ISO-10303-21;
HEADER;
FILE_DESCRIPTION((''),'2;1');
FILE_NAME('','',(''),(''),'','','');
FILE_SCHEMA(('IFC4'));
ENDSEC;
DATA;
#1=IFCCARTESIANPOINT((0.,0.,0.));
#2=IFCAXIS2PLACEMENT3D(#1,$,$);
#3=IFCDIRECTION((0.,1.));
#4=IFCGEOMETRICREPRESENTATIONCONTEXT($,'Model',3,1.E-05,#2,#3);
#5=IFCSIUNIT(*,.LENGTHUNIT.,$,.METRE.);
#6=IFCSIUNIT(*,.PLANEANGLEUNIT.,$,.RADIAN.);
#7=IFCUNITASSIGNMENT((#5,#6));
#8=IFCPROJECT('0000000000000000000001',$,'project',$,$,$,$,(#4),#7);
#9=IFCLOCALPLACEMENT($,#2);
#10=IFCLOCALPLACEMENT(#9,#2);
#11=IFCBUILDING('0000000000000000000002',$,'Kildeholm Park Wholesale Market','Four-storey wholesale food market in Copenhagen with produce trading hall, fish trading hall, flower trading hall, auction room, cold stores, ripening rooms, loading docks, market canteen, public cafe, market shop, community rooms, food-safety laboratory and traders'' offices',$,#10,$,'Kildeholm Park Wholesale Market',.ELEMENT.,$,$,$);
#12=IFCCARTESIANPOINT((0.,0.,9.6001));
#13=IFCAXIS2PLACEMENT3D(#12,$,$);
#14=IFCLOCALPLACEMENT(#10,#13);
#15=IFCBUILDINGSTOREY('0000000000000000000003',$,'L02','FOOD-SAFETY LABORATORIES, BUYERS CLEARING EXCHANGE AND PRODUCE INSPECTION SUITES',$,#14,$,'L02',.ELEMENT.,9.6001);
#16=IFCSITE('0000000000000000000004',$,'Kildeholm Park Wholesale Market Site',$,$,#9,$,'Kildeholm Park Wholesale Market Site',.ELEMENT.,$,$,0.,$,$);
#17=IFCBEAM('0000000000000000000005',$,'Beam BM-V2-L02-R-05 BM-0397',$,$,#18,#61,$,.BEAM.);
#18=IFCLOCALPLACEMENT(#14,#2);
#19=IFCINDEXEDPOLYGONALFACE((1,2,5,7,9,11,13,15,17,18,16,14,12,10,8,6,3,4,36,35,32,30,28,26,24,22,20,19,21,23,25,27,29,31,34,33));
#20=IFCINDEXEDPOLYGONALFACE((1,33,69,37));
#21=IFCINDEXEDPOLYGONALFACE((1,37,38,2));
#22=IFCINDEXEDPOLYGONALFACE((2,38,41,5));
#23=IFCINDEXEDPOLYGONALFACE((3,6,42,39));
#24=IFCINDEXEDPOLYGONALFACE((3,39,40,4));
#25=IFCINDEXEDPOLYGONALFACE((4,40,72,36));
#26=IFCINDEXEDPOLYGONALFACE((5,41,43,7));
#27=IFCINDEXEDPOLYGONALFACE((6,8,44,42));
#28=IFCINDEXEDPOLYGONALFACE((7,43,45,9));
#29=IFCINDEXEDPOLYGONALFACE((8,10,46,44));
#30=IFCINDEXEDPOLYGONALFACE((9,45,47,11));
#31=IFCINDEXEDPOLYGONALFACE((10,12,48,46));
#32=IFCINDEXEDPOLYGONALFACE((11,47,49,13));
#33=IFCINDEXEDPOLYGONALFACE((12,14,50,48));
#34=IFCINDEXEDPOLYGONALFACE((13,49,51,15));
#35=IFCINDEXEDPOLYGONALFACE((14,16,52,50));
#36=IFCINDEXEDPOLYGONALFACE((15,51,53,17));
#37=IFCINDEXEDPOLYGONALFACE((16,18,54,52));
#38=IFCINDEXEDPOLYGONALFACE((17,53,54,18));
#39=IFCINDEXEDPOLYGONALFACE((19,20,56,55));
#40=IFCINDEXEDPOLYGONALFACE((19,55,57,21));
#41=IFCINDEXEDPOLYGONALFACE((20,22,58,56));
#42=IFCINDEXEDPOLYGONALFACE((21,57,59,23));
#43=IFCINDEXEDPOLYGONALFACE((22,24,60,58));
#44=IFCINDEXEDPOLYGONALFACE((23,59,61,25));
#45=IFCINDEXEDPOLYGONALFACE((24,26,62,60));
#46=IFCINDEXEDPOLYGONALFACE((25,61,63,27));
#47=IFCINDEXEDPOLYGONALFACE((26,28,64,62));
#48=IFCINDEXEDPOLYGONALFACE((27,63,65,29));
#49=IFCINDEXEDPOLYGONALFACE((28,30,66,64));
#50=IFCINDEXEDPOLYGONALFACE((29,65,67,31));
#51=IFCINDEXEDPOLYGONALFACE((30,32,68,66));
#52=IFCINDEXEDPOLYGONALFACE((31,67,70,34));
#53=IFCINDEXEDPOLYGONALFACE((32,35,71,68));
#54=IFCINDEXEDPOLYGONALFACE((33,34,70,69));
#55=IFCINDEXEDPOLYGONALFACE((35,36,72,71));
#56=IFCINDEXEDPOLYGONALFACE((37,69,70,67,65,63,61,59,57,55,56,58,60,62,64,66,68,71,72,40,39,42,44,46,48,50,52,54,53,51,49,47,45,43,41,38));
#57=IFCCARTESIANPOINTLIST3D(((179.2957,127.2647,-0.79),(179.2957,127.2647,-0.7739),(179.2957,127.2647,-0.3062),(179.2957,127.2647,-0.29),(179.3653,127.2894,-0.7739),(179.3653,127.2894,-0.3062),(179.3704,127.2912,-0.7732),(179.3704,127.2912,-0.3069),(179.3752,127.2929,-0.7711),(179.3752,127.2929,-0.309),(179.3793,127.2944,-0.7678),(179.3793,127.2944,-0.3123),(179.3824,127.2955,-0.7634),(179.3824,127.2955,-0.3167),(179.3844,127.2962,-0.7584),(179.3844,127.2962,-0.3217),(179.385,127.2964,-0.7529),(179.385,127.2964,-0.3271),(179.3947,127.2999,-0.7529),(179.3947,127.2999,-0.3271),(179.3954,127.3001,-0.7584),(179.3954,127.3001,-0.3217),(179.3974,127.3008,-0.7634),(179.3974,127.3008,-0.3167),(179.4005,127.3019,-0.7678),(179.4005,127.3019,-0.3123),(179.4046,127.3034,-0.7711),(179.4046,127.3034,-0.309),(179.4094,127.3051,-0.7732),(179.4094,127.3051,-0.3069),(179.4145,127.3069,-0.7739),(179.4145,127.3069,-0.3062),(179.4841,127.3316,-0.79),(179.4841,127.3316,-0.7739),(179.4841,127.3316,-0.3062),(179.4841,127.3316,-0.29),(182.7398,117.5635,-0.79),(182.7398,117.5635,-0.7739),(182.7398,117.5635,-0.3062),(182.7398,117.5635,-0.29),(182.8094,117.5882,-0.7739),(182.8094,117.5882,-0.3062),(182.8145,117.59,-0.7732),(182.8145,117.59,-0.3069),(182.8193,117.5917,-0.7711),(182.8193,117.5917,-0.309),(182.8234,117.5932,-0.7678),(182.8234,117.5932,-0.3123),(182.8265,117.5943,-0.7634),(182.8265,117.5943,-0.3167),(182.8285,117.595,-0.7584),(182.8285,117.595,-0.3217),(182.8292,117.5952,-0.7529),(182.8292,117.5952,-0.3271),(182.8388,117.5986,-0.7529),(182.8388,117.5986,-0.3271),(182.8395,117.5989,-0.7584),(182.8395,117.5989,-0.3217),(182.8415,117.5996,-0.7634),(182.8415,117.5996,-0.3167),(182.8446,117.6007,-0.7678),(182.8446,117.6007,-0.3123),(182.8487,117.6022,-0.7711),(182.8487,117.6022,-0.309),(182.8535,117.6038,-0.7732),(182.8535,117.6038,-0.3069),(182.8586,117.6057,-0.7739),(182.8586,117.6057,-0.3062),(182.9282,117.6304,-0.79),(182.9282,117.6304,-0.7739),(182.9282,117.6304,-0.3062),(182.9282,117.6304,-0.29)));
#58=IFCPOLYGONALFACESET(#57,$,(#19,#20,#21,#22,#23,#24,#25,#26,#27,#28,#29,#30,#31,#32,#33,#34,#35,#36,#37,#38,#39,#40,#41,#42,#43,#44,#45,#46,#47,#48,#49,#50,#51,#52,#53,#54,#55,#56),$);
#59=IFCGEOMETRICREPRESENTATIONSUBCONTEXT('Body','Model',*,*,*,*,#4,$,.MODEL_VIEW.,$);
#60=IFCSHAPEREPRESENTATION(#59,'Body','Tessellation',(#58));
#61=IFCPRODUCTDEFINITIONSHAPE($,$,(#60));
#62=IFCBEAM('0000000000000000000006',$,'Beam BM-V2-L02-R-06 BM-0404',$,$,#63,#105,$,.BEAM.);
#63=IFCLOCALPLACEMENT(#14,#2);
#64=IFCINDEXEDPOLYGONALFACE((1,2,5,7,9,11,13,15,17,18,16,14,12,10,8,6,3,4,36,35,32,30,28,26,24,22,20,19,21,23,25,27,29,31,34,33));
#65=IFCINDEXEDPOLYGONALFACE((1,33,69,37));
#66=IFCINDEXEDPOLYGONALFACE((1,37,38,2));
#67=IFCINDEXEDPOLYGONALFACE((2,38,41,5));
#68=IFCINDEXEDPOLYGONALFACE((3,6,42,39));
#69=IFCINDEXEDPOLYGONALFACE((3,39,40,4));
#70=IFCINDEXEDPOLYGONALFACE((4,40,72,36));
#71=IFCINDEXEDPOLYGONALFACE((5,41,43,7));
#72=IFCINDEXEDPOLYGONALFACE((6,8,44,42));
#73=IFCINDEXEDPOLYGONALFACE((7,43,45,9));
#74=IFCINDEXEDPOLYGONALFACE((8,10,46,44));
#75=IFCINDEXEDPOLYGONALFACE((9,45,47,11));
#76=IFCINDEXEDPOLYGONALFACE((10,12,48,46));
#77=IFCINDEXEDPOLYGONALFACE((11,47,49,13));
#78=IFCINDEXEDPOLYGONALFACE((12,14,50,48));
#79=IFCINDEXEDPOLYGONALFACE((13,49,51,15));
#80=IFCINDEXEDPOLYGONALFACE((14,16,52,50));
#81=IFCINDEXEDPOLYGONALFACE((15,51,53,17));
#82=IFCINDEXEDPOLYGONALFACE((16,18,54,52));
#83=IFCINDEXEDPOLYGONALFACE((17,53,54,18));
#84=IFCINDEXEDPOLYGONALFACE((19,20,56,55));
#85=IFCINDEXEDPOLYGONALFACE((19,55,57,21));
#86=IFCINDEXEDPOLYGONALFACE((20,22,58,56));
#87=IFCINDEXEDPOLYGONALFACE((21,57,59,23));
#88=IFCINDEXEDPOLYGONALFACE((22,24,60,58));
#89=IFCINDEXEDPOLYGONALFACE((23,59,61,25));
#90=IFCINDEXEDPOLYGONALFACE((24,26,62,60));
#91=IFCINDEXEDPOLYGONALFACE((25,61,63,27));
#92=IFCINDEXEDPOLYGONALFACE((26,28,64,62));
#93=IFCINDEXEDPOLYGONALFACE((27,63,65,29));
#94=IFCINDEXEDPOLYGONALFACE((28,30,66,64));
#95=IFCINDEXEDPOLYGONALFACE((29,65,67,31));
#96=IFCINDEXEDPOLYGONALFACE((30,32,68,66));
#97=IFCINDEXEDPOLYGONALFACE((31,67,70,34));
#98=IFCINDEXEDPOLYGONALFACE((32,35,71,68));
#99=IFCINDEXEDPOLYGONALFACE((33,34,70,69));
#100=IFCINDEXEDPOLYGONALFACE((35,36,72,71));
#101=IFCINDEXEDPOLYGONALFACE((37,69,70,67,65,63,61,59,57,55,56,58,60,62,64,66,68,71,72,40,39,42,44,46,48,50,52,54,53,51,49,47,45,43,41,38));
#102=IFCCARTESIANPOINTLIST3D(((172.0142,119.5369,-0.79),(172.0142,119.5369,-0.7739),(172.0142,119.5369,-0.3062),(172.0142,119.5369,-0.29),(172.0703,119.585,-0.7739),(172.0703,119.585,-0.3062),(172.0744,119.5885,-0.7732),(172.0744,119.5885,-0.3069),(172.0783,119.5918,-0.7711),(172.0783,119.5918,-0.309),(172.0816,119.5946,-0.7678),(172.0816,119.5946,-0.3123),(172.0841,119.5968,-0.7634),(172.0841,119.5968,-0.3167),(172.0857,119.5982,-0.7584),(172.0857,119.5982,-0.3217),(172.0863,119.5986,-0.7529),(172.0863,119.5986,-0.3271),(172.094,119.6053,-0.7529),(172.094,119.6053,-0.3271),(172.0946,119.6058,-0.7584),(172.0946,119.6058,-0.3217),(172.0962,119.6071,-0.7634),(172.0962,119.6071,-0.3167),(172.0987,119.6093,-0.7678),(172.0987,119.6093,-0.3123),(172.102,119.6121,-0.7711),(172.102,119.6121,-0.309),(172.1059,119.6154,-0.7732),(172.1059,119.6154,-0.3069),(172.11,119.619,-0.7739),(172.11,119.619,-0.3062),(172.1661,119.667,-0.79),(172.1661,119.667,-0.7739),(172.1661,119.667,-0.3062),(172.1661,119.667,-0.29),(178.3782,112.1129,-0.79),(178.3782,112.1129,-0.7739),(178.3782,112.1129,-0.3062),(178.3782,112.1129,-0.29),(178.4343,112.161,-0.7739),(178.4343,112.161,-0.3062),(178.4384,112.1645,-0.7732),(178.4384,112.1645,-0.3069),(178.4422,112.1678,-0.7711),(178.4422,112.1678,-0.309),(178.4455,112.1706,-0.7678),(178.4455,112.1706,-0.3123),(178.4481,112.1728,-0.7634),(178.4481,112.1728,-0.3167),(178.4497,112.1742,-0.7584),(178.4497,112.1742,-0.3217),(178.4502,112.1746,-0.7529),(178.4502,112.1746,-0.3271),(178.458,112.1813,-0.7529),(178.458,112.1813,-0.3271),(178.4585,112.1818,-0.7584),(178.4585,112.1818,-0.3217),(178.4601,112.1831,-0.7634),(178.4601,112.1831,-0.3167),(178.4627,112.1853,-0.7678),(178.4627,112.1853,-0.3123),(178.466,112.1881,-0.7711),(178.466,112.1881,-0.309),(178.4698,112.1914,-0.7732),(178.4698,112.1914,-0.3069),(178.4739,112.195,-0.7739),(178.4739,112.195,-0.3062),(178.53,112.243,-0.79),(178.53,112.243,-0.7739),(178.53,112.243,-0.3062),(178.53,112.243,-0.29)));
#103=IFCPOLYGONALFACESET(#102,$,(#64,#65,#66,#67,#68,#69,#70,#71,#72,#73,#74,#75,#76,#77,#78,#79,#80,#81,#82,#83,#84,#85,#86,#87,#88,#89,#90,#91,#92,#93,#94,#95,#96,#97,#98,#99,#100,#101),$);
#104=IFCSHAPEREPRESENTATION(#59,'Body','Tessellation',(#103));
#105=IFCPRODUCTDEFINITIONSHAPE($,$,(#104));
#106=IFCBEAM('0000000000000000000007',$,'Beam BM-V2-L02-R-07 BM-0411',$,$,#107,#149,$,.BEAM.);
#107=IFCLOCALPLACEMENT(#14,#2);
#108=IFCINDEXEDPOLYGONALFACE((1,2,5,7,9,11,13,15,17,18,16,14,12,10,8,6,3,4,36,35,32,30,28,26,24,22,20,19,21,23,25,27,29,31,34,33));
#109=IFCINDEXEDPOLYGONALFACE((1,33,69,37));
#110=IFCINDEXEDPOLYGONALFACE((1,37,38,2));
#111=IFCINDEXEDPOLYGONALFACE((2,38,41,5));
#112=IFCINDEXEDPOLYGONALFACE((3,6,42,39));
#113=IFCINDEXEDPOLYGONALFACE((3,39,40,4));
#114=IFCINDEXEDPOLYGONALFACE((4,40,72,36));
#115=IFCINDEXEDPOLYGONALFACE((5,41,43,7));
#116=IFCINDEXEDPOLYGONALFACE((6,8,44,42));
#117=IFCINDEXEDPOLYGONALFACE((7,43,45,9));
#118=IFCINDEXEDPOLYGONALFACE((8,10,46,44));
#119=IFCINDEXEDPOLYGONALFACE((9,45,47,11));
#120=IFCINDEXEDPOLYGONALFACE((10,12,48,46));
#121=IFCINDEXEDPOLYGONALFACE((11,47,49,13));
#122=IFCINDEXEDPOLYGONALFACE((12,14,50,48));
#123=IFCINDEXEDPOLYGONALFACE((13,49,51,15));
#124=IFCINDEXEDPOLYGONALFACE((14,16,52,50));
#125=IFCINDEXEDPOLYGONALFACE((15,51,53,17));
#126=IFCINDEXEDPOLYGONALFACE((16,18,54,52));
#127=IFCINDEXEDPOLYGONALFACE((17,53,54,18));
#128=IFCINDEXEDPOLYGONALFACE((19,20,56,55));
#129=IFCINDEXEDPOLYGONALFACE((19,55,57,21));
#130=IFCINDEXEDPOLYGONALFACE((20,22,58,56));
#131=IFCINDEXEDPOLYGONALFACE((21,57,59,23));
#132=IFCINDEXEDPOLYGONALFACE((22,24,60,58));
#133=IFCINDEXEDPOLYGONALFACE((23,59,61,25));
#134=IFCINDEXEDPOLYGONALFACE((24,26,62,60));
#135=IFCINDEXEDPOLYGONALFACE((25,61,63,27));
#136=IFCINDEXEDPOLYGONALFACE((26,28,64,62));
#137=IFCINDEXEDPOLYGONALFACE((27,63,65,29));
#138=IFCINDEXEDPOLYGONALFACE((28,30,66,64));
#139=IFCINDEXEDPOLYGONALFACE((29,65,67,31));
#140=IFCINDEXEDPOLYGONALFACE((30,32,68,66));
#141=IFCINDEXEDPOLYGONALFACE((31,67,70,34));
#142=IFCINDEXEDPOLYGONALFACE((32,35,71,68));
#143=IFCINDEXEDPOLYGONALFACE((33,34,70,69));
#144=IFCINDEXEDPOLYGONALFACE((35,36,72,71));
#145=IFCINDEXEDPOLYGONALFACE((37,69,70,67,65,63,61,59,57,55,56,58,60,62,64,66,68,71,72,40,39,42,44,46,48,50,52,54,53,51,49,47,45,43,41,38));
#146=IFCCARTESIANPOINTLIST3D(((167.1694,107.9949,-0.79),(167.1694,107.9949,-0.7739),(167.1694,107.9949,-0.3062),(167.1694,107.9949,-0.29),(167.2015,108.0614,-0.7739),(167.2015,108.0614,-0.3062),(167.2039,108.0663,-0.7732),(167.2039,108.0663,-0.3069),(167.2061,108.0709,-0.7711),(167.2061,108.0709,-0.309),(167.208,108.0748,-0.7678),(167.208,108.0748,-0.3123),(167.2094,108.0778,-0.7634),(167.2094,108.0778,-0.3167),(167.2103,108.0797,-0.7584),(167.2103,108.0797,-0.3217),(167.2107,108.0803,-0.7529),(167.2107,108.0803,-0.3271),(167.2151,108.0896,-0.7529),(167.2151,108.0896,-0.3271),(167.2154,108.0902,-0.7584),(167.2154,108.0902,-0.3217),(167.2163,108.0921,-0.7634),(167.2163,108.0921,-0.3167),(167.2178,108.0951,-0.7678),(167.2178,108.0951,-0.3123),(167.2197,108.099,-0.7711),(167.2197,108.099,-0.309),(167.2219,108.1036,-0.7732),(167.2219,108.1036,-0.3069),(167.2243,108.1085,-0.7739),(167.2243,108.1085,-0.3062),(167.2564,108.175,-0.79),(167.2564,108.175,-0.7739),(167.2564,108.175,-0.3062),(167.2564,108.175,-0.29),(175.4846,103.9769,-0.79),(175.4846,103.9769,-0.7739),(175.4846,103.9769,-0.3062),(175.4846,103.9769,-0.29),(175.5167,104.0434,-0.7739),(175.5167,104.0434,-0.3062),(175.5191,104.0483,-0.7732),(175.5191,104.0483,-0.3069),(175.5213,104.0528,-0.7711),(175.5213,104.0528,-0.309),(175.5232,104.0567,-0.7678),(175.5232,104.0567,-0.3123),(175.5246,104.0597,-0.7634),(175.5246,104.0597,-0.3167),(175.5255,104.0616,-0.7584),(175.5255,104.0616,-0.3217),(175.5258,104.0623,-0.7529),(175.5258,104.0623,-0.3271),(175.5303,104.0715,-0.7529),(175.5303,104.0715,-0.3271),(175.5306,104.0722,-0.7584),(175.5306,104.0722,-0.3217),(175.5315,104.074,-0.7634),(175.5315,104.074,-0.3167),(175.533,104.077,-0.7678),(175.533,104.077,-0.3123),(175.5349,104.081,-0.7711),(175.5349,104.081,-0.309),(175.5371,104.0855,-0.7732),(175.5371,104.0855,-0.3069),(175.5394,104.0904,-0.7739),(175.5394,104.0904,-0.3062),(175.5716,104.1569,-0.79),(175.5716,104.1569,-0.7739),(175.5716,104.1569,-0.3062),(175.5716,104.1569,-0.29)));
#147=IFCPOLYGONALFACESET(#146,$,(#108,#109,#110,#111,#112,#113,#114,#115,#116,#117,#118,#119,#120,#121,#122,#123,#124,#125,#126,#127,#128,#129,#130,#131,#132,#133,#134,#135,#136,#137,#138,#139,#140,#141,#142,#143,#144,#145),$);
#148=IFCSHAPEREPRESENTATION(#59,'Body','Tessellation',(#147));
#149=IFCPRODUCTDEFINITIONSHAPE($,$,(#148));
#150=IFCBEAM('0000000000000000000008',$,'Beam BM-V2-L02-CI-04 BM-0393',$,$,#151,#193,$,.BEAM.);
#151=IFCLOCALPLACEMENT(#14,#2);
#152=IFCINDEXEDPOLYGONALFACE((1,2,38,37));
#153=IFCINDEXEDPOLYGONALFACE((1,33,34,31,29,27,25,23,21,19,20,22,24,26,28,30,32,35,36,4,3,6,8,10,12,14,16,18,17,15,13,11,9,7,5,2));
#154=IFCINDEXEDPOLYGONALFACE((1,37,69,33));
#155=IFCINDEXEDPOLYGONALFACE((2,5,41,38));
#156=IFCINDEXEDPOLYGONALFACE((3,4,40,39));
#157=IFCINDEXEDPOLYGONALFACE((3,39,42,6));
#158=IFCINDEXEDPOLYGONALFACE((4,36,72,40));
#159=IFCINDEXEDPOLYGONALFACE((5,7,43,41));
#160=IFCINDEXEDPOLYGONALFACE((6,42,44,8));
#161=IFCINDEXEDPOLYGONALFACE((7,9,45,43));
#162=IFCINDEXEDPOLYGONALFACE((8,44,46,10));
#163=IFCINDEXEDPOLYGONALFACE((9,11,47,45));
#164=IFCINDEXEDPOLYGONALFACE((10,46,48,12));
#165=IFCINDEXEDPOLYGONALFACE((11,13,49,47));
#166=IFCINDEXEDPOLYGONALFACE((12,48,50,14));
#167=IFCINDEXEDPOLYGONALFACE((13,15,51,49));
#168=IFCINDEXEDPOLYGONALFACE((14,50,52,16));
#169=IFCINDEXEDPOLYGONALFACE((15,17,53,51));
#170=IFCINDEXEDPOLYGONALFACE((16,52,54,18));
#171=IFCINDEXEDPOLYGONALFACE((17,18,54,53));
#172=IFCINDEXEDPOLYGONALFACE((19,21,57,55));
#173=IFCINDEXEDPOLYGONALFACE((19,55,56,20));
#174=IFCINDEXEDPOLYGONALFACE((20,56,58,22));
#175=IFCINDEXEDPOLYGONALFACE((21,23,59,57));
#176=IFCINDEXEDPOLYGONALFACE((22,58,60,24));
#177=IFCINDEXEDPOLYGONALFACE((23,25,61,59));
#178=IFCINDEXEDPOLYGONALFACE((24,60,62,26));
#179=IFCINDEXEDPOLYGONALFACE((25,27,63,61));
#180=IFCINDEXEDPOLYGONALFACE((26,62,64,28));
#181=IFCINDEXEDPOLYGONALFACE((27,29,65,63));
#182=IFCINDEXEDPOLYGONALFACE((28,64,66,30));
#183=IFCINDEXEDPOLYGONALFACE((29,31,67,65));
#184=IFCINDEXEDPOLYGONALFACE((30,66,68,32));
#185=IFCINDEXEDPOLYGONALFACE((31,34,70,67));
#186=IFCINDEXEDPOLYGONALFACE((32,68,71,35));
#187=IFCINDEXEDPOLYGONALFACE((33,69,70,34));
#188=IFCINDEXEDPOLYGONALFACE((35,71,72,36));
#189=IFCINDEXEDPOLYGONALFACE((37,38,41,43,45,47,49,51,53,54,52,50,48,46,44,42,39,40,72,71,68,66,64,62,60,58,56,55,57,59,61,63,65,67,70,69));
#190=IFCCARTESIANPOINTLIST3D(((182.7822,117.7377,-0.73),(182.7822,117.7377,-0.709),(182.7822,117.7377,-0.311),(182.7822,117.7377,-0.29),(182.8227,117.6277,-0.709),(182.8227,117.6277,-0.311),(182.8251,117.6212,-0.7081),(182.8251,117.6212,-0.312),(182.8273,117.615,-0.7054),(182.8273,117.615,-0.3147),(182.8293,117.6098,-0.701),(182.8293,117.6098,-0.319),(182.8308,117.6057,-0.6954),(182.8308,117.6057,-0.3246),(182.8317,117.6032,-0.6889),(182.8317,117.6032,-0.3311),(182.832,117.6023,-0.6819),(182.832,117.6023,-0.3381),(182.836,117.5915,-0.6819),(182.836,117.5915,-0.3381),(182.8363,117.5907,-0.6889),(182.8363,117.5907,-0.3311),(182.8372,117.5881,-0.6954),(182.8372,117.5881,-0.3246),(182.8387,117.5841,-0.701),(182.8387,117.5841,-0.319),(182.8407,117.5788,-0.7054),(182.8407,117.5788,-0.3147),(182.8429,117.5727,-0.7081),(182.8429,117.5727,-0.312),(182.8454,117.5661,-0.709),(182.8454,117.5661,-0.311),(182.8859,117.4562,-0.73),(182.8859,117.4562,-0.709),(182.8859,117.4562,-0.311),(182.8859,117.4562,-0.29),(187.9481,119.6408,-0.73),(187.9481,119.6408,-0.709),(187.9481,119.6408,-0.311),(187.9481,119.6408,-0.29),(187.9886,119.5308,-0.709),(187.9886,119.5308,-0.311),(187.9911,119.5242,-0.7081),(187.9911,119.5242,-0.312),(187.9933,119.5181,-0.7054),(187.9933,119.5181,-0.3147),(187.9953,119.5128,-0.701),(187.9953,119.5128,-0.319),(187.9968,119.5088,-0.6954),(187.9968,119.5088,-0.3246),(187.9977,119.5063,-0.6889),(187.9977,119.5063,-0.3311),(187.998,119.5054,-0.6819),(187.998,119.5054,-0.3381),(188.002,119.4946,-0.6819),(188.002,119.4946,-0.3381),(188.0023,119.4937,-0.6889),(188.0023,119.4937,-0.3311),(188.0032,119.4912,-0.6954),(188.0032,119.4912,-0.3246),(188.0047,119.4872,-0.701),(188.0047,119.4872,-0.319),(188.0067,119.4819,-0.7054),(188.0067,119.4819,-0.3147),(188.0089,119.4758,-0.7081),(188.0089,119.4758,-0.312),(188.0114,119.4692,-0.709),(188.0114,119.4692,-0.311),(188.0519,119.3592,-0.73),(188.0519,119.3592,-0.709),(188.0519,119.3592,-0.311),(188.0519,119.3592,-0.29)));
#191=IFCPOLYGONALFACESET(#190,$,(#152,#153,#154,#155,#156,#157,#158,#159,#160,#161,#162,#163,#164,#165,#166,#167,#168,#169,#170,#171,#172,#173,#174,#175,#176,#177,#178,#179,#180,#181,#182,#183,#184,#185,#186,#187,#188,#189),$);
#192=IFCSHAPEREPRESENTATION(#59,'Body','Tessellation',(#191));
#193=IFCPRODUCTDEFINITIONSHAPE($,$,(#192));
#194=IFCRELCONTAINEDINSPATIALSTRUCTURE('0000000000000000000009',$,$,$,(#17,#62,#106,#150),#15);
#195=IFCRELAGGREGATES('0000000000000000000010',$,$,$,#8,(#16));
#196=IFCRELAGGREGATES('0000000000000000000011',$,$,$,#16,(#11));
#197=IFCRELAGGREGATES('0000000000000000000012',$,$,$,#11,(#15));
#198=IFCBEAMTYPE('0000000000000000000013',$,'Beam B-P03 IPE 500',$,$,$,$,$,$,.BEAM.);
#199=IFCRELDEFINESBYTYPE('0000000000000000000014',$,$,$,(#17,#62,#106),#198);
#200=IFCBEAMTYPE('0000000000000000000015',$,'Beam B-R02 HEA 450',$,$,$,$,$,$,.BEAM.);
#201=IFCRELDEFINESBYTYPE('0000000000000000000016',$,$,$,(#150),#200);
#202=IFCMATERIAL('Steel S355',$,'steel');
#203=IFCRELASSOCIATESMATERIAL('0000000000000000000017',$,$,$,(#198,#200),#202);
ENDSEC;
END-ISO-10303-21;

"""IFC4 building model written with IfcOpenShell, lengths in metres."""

from ifc_helpers import new_model, si_unit, direction, frame, origin, origin_2d, place, context, subcontext, project, spatial, i_section, extrude, material, material_profile, profile_set, type_object, element, save


model = new_model("IFC4")

# Units and contexts
model_context = context("Model", 3, precision=1e-05, world=origin(), true_north=direction((0.0, 1.0)))
body_context = subcontext(model_context, "Body", "Model", "MODEL_VIEW")
ifc_project = project(units=[si_unit("LENGTHUNIT", "METRE"), si_unit("PLANEANGLEUNIT", "RADIAN")], contexts=[model_context])

# Site, building, storey
site_placement = place(None, origin())
site = spatial("IfcSite", under=ifc_project, at=site_placement, Name="Kildeholm Park Wholesale Market Site", LongName="Kildeholm Park Wholesale Market Site", CompositionType="ELEMENT", RefElevation=0.0)
building_placement = place(site_placement, origin())
building = spatial("IfcBuilding", under=site, at=building_placement, Name="Kildeholm Park Wholesale Market", Description="Four-storey wholesale food market in Copenhagen with produce trading hall, fish trading hall, flower trading hall, auction room, cold stores, ripening rooms, loading docks, market canteen, public cafe, market shop, community rooms, food-safety laboratory and traders' offices", LongName="Kildeholm Park Wholesale Market", CompositionType="ELEMENT")
storey_placement = place(building_placement, frame((0.0, 0.0, 9.6001)))
storey = spatial("IfcBuildingStorey", under=building, at=storey_placement, Name="L02", Description="FOOD-SAFETY LABORATORIES, BUYERS CLEARING EXCHANGE AND PRODUCE INSPECTION SUITES", LongName="L02", CompositionType="ELEMENT", Elevation=9.6001)

# Shared definitions
ifc_material_1 = material(Name="Steel S355", Category="steel")

# Beams
ifc_material_profile_1 = material_profile(ifc_material_1, i_section(OverallWidth=0.2, OverallDepth=0.5, WebThickness=0.0103, FlangeThickness=0.0161, FilletRadius=0.021, at=origin_2d()), Name="IPE 500")
ifc_profile_set_1 = profile_set([ifc_material_profile_1], Name="Steel S355")
beam_type_1 = type_object("IfcBeamType", Name="Beam B-P03 IPE 500", PredefinedType="BEAM", material=ifc_profile_set_1)
beam_1_placement = place(storey_placement, frame((182.834, 117.5969, -0.54), z_axis=(-0.33456, 0.942374, 0.0), x_axis=(-0.942374, -0.33456, 0.0)))
element("IfcBeam", 1, at=beam_1_placement, inside=storey, type_object=beam_type_1, Name="Beam BM-V2-L02-R-05 BM-0397", PredefinedType="BEAM", context=body_context, shape_type="SweptSolid", body=[
    extrude(i_section(OverallWidth=0.2, OverallDepth=0.5, WebThickness=0.0103, FlangeThickness=0.0161, FilletRadius=0.021, at=origin_2d()), origin(), (0.0, 0.0, 1.0), 10.2944),
])
beam_2_placement = place(storey_placement, frame((178.4541, 112.178, -0.54), z_axis=(-0.650822, 0.75923, 0.0), x_axis=(-0.75923, -0.650822, 0.0)))
element("IfcBeam", 2, at=beam_2_placement, inside=storey, type_object=beam_type_1, Name="Beam BM-V2-L02-R-06 BM-0404", PredefinedType="BEAM", context=body_context, shape_type="SweptSolid", body=[
    extrude(i_section(OverallWidth=0.2, OverallDepth=0.5, WebThickness=0.0103, FlangeThickness=0.0161, FilletRadius=0.021, at=origin_2d()), origin(), (0.0, 0.0, 1.0), 9.7783),
])
beam_3_placement = place(storey_placement, frame((175.5281, 104.0669, -0.54), z_axis=(-0.900389, 0.435086, 0.0), x_axis=(-0.435086, -0.900389, 0.0)))
element("IfcBeam", 3, at=beam_3_placement, inside=storey, type_object=beam_type_1, Name="Beam BM-V2-L02-R-07 BM-0411", PredefinedType="BEAM", context=body_context, shape_type="SweptSolid", body=[
    extrude(i_section(OverallWidth=0.2, OverallDepth=0.5, WebThickness=0.0103, FlangeThickness=0.0161, FilletRadius=0.021, at=origin_2d()), origin(), (0.0, 0.0, 1.0), 9.2351),
])
ifc_material_profile_2 = material_profile(ifc_material_1, i_section(OverallWidth=0.3, OverallDepth=0.4399, WebThickness=0.0115, FlangeThickness=0.021, FilletRadius=0.0271, at=origin_2d()), Name="HEA 450")
ifc_profile_set_2 = profile_set([ifc_material_profile_2], Name="Steel S355")
beam_type_2 = type_object("IfcBeamType", Name="Beam B-R02 HEA 450", PredefinedType="BEAM", material=ifc_profile_set_2)
beam_4_placement = place(storey_placement, frame((188.0, 119.5, -0.51), z_axis=(-0.938354, -0.345675, 0.0), x_axis=(0.345675, -0.938354, 0.0)))
element("IfcBeam", 4, at=beam_4_placement, inside=storey, type_object=beam_type_2, Name="Beam BM-V2-L02-CI-04 BM-0393", PredefinedType="BEAM", context=body_context, shape_type="SweptSolid", body=[
    extrude(i_section(OverallWidth=0.3, OverallDepth=0.4399, WebThickness=0.0115, FlangeThickness=0.021, FilletRadius=0.0271, at=origin_2d()), origin(), (0.0, 0.0, 1.0), 5.5054),
])

save(model, "model.ifc")
